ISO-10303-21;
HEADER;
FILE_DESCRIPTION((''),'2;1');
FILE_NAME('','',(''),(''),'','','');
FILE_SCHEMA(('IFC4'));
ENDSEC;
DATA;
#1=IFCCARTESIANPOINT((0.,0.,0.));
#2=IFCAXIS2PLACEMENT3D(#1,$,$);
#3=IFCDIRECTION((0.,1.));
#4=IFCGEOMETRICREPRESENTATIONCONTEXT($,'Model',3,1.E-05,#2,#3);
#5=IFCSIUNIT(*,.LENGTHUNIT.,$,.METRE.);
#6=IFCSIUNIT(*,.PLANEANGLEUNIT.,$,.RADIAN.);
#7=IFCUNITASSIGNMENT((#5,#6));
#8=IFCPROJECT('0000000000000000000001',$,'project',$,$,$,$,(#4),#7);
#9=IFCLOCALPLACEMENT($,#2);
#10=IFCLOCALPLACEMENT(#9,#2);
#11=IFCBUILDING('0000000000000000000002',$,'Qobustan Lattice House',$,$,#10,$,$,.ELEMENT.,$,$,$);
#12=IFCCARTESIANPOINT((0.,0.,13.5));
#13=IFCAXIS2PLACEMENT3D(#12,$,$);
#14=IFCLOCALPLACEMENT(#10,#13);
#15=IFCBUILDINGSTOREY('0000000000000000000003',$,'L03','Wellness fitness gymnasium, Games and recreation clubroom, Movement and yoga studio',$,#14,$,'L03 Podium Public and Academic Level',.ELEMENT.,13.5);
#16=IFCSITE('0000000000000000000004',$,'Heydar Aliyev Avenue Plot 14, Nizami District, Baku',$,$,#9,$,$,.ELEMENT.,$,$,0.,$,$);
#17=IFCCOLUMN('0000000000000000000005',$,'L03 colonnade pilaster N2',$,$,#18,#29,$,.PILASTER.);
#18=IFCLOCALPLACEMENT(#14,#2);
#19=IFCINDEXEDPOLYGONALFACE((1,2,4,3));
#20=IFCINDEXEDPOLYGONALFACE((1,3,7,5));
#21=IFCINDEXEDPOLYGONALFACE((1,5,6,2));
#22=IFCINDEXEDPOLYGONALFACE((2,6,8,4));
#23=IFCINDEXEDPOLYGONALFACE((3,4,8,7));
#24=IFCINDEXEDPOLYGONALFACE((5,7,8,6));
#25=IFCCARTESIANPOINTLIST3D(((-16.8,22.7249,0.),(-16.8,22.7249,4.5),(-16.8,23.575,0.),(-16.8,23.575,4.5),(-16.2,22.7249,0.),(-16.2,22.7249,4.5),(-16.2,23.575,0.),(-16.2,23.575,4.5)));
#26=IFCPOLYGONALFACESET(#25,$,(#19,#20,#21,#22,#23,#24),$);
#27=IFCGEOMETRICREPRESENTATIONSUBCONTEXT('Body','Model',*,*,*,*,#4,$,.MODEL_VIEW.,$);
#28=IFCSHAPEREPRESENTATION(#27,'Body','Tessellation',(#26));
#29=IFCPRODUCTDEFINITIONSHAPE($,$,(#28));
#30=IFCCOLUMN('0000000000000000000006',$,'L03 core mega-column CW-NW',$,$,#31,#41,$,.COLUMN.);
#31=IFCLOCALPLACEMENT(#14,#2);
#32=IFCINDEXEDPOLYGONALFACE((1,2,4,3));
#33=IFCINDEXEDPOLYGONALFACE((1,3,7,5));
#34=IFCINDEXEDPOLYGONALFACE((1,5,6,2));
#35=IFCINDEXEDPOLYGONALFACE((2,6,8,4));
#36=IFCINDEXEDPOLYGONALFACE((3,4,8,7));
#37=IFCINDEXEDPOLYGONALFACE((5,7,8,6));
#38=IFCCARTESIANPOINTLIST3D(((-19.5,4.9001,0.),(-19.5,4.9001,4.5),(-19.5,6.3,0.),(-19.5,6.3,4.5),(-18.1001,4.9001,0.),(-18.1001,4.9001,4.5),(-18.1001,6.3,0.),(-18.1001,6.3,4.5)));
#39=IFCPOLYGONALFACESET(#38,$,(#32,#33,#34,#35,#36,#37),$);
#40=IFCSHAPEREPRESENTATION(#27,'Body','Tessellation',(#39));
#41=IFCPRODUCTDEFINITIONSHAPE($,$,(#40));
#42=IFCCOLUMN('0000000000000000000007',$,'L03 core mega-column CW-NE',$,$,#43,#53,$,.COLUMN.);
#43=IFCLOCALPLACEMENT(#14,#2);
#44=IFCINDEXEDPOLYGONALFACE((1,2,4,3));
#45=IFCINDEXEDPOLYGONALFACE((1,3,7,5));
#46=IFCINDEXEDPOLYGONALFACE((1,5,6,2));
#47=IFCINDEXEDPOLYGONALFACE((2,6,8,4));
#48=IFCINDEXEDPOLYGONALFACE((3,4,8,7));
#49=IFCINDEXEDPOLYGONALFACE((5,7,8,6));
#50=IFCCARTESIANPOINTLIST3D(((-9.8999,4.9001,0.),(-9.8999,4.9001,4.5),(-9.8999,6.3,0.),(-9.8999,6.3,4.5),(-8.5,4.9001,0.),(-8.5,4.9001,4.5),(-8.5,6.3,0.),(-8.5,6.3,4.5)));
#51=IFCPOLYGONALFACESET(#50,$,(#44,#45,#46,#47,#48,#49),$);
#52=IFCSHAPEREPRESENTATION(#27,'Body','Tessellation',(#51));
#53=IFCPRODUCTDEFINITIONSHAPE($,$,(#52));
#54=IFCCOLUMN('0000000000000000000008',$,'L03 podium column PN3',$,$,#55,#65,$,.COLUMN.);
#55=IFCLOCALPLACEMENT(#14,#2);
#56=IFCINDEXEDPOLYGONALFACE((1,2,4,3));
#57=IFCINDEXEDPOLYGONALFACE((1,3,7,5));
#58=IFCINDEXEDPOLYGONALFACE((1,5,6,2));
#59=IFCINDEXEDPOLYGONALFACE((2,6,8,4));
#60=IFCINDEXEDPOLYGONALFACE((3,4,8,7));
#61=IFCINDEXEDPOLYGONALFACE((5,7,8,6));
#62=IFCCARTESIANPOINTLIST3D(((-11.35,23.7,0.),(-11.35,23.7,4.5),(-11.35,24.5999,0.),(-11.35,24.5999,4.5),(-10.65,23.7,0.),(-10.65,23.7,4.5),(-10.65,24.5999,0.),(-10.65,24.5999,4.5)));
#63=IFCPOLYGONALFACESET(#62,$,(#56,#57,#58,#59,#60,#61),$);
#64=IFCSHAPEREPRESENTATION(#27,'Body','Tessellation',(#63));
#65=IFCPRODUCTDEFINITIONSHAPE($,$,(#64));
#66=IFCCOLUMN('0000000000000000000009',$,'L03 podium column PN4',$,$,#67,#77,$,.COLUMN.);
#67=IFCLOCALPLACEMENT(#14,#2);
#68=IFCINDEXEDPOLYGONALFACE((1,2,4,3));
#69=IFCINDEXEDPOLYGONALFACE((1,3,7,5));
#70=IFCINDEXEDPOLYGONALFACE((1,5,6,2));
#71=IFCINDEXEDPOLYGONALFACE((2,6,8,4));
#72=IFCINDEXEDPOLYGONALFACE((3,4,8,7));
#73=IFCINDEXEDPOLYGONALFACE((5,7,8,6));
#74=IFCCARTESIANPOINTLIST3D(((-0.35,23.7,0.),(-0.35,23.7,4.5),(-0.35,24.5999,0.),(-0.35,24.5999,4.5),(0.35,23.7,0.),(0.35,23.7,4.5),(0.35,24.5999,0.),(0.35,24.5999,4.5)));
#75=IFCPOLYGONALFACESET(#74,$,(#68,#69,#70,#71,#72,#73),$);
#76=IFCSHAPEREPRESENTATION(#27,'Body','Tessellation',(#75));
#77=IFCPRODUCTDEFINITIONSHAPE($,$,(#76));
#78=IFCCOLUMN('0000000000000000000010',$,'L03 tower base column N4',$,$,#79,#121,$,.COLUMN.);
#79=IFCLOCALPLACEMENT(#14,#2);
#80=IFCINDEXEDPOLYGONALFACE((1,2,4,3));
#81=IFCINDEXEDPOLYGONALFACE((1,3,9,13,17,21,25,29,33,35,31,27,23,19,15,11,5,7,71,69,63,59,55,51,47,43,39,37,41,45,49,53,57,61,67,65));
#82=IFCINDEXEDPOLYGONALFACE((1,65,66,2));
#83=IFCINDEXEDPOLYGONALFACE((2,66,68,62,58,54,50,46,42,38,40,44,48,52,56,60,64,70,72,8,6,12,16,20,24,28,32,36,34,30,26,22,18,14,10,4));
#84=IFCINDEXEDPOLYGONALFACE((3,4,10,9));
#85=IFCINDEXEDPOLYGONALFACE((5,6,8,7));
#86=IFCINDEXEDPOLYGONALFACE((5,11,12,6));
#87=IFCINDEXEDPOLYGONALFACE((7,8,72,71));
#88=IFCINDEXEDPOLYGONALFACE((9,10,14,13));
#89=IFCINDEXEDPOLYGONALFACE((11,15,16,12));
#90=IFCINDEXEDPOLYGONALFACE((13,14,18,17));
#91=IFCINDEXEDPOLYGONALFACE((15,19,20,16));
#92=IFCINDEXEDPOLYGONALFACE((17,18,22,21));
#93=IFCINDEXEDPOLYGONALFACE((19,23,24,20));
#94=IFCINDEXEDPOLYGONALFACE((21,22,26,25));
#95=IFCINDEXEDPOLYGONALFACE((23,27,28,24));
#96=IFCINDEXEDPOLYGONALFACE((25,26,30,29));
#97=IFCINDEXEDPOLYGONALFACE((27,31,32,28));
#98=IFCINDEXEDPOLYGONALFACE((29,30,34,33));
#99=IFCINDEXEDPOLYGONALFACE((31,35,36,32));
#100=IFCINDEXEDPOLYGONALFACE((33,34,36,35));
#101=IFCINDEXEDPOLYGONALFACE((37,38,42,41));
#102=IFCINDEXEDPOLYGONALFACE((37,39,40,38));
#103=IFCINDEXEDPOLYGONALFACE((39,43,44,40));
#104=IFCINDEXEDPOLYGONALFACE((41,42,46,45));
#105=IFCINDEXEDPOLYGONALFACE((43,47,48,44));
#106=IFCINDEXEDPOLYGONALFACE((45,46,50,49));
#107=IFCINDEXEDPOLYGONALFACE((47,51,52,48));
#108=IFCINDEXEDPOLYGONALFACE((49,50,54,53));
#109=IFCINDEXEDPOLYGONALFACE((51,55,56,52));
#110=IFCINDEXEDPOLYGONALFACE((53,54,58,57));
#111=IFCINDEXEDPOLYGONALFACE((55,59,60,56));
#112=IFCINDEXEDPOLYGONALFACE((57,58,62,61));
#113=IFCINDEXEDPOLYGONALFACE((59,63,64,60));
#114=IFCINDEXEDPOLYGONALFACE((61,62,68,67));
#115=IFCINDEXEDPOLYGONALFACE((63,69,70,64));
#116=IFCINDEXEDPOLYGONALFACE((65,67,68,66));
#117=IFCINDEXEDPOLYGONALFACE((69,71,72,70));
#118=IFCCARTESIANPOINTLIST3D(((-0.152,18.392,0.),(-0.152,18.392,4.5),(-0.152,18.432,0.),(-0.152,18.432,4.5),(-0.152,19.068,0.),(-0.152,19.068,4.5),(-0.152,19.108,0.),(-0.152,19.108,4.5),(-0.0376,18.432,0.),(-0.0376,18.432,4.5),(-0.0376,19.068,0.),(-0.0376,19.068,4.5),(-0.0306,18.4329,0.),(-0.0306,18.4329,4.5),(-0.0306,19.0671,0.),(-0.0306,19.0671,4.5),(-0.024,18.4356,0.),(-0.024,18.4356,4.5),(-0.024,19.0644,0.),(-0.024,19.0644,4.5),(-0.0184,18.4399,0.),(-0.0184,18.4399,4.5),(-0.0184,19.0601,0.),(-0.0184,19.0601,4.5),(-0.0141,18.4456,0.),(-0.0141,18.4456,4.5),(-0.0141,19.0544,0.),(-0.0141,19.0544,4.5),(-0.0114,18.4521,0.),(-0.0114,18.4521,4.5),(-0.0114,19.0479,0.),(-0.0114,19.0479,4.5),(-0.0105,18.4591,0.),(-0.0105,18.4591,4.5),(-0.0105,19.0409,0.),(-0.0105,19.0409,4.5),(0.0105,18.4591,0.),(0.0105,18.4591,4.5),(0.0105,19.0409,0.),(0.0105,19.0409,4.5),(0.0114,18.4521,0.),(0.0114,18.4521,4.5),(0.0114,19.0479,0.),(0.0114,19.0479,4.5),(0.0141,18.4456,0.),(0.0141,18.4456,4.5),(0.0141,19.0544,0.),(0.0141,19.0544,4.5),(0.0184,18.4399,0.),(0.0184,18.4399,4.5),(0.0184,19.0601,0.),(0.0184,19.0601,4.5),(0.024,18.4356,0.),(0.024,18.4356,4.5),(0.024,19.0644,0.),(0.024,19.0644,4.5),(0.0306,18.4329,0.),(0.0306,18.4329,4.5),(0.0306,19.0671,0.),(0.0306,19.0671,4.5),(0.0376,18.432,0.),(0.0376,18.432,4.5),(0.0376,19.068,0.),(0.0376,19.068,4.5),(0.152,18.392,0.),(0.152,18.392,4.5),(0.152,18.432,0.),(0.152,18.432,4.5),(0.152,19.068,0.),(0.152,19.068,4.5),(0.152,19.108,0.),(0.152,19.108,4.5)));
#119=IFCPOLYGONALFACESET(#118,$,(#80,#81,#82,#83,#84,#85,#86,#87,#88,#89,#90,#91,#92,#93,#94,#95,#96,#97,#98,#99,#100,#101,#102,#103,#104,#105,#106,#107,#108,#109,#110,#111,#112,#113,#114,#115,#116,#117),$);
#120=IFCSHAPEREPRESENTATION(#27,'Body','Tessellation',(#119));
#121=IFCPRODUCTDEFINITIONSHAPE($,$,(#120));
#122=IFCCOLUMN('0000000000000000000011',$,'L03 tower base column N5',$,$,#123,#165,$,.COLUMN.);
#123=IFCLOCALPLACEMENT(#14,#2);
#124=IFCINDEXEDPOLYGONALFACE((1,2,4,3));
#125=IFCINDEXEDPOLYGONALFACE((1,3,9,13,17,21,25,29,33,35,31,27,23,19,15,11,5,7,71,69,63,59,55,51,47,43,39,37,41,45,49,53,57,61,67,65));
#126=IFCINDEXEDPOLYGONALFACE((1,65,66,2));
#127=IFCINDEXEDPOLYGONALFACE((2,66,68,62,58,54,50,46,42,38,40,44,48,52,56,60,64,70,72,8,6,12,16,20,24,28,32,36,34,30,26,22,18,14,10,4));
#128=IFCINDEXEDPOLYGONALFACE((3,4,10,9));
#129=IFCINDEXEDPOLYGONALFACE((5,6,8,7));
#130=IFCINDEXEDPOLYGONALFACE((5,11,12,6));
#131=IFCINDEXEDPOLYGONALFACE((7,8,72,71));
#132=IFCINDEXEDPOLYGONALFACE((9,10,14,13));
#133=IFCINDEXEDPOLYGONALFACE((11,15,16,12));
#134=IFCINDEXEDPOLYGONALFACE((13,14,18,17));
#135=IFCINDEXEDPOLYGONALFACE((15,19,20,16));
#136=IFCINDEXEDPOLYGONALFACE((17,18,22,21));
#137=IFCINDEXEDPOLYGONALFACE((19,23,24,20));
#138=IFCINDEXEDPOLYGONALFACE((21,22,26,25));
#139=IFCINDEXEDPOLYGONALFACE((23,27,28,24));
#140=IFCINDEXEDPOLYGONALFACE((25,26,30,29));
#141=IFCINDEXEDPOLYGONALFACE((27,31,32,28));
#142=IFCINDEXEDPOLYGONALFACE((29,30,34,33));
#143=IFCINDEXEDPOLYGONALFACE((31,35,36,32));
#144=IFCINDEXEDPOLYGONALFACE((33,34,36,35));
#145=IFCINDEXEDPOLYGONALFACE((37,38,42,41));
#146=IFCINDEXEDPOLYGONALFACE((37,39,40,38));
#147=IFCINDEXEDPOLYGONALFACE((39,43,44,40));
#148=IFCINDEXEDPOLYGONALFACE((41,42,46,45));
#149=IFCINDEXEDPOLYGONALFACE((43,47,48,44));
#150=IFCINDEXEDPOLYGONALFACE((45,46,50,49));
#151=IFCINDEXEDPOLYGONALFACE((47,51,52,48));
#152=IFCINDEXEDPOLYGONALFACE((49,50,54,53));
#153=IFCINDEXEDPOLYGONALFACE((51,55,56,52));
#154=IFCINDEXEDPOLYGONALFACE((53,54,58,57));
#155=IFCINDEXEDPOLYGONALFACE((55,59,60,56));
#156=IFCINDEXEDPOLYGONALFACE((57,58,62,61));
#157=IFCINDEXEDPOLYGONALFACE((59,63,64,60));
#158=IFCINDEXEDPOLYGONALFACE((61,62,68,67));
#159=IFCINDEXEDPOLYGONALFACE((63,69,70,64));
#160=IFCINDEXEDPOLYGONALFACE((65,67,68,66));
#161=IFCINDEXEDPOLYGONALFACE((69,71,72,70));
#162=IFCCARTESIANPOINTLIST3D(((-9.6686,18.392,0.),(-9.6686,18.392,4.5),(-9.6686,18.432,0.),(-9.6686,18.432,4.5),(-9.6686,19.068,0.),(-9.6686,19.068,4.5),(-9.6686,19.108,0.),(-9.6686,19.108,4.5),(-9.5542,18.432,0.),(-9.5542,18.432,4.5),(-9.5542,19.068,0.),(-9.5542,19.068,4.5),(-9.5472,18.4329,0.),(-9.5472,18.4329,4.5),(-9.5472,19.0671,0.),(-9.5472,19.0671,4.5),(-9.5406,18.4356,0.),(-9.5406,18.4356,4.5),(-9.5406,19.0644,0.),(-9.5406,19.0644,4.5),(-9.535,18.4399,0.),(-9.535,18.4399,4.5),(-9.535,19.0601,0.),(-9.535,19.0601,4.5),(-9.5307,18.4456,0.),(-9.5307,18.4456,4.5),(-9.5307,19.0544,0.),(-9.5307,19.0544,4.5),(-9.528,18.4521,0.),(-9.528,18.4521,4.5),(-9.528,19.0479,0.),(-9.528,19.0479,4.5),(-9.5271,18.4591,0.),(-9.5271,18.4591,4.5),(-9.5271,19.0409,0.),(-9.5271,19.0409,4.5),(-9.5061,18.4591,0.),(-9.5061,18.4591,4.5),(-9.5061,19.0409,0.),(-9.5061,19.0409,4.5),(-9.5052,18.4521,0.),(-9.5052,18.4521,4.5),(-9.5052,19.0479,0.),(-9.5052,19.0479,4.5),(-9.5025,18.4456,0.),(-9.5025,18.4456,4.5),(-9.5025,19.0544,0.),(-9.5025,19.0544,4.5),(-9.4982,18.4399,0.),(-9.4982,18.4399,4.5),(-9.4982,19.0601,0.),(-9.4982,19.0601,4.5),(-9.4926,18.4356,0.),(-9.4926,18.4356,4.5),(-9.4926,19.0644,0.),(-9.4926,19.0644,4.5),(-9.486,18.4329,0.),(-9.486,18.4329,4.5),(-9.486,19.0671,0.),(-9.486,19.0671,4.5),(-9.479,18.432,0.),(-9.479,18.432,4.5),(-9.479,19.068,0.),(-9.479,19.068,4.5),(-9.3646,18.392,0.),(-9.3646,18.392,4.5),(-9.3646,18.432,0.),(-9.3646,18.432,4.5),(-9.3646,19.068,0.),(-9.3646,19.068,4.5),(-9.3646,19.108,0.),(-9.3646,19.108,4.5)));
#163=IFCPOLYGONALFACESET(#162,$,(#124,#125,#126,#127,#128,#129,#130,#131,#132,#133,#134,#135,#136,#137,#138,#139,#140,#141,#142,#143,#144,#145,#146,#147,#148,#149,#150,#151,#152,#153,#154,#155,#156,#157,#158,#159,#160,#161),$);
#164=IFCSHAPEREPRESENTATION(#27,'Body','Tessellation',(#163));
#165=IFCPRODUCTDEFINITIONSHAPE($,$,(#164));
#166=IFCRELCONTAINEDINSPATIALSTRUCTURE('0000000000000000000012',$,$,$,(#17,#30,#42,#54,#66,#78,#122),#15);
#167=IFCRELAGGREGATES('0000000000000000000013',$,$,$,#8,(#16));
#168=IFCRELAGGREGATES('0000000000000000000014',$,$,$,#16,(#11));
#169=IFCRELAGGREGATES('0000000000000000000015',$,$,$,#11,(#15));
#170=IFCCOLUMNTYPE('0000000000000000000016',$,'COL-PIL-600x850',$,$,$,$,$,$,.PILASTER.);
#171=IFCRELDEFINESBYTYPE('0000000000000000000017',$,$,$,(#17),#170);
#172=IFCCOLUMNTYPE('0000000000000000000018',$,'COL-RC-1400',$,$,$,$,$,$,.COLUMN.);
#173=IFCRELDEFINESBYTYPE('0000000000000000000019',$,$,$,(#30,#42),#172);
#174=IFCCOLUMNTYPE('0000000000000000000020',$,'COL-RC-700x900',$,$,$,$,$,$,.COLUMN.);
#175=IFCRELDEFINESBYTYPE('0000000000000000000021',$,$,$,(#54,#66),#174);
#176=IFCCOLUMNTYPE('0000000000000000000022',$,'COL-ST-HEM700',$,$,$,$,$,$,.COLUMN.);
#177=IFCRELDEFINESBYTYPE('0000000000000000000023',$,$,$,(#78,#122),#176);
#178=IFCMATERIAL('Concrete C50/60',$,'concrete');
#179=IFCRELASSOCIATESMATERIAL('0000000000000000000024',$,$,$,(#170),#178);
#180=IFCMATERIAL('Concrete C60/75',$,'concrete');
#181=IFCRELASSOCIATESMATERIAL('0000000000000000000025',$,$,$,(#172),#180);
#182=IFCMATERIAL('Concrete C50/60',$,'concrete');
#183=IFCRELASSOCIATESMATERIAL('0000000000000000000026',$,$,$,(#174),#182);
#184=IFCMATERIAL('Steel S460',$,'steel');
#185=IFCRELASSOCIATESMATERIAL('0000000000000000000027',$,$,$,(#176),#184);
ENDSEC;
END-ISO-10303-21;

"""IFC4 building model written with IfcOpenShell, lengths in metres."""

from ifc_helpers import new_model, si_unit, direction, frame, origin, origin_2d, place, context, subcontext, project, spatial, rectangle, i_section, extrude, material, material_profile, profile_set, type_object, element, save


model = new_model("IFC4")

# Units and contexts
model_context = context("Model", 3, precision=1e-05, world=origin(), true_north=direction((0.0, 1.0)))
body_context = subcontext(model_context, "Body", "Model", "MODEL_VIEW")
ifc_project = project(units=[si_unit("LENGTHUNIT", "METRE"), si_unit("PLANEANGLEUNIT", "RADIAN")], contexts=[model_context])

# Site, building, storey
site_placement = place(None, origin())
site = spatial("IfcSite", under=ifc_project, at=site_placement, Name="Heydar Aliyev Avenue Plot 14, Nizami District, Baku", CompositionType="ELEMENT", RefElevation=0.0)
building_placement = place(site_placement, origin())
building = spatial("IfcBuilding", under=site, at=building_placement, Name="Qobustan Lattice House", CompositionType="ELEMENT")
storey_placement = place(building_placement, frame((0.0, 0.0, 13.5)))
storey = spatial("IfcBuildingStorey", under=building, at=storey_placement, Name="L03", Description="Wellness fitness gymnasium, Games and recreation clubroom, Movement and yoga studio", LongName="L03 Podium Public and Academic Level", CompositionType="ELEMENT", Elevation=13.5)

# Columns
ifc_material_1 = material(Name="Concrete C50/60", Category="concrete")
ifc_material_profile_1 = material_profile(ifc_material_1, rectangle(XDim=0.6001, YDim=0.8501, at=origin_2d()), Name="RC600x850")
ifc_profile_set_1 = profile_set([ifc_material_profile_1], Name="Concrete C50/60")
column_type_1 = type_object("IfcColumnType", Name="COL-PIL-600x850", PredefinedType="PILASTER", material=ifc_profile_set_1)
column_placement = place(storey_placement, frame((-16.5, 23.1499, 0.0), z_axis=(0.0, 0.0, 1.0), x_axis=(1.0, 0.0, 0.0)))
element("IfcColumn", 1, at=column_placement, inside=storey, type_object=column_type_1, Name="L03 colonnade pilaster N2", PredefinedType="PILASTER", context=body_context, shape_type="SweptSolid", body=[
    extrude(rectangle(XDim=0.6001, YDim=0.8501, at=origin_2d()), origin(), (0.0, 0.0, 1.0), 4.5),
])
ifc_material_2 = material(Name="Concrete C60/75", Category="concrete")
ifc_material_profile_2 = material_profile(ifc_material_2, rectangle(XDim=1.3999, YDim=1.3999, at=origin_2d()), Name="RC1400x1400")
ifc_profile_set_2 = profile_set([ifc_material_profile_2], Name="Concrete C60/75")
column_type_2 = type_object("IfcColumnType", Name="COL-RC-1400", PredefinedType="COLUMN", material=ifc_profile_set_2)
for number, where, z_axis, x_axis, name in (
    (2, (-18.8, 5.6001, 0.0), (0.0, 0.0, 1.0), (1.0, 0.0, 0.0), "L03 core mega-column CW-NW"),
    (3, (-9.2, 5.6001, 0.0), (0.0, 0.0, 1.0), (1.0, 0.0, 0.0), "L03 core mega-column CW-NE"),
):
    element("IfcColumn", number, at=place(storey_placement, frame(where, z_axis=z_axis, x_axis=x_axis)), inside=storey, type_object=column_type_2, Name=name, PredefinedType="COLUMN", context=body_context, shape_type="SweptSolid", body=[
        extrude(rectangle(XDim=1.3999, YDim=1.3999, at=origin_2d()), origin(), (0.0, 0.0, 1.0), 4.5),
    ])
ifc_material_3 = material(Name="Concrete C50/60", Category="concrete")
ifc_material_profile_3 = material_profile(ifc_material_3, rectangle(XDim=0.7, YDim=0.8999, at=origin_2d()), Name="RC700x900")
ifc_profile_set_3 = profile_set([ifc_material_profile_3], Name="Concrete C50/60")
column_type_3 = type_object("IfcColumnType", Name="COL-RC-700x900", PredefinedType="COLUMN", material=ifc_profile_set_3)
for number, where, z_axis, x_axis, name in (
    (4, (-11.0, 24.1499, 0.0), (0.0, 0.0, 1.0), (1.0, 0.0, 0.0), "L03 podium column PN3"),
    (5, (0.0, 24.1499, 0.0), (0.0, 0.0, 1.0), (1.0, 0.0, 0.0), "L03 podium column PN4"),
):
    element("IfcColumn", number, at=place(storey_placement, frame(where, z_axis=z_axis, x_axis=x_axis)), inside=storey, type_object=column_type_3, Name=name, PredefinedType="COLUMN", context=body_context, shape_type="SweptSolid", body=[
        extrude(rectangle(XDim=0.7, YDim=0.8999, at=origin_2d()), origin(), (0.0, 0.0, 1.0), 4.5),
    ])
ifc_material_4 = material(Name="Steel S460", Category="steel")
ifc_material_profile_4 = material_profile(ifc_material_4, i_section(OverallWidth=0.304, OverallDepth=0.7161, WebThickness=0.021, FlangeThickness=0.04, FilletRadius=0.0271, at=origin_2d()), Name="HEM700")
ifc_profile_set_4 = profile_set([ifc_material_profile_4], Name="Steel S460")
column_type_4 = type_object("IfcColumnType", Name="COL-ST-HEM700", PredefinedType="COLUMN", material=ifc_profile_set_4)
for number, where, z_axis, x_axis, name in (
    (6, (0.0, 18.75, 0.0), (0.0, 0.0, 1.0), (1.0, 0.0, 0.0), "L03 tower base column N4"),
    (7, (-9.5166, 18.75, 0.0), (0.0, 0.0, 1.0), (1.0, 0.0, 0.0), "L03 tower base column N5"),
):
    element("IfcColumn", number, at=place(storey_placement, frame(where, z_axis=z_axis, x_axis=x_axis)), inside=storey, type_object=column_type_4, Name=name, PredefinedType="COLUMN", context=body_context, shape_type="SweptSolid", body=[
        extrude(i_section(OverallWidth=0.304, OverallDepth=0.7161, WebThickness=0.021, FlangeThickness=0.04, FilletRadius=0.0271, at=origin_2d()), origin(), (0.0, 0.0, 1.0), 4.5),
    ])

save(model, "model.ifc")
